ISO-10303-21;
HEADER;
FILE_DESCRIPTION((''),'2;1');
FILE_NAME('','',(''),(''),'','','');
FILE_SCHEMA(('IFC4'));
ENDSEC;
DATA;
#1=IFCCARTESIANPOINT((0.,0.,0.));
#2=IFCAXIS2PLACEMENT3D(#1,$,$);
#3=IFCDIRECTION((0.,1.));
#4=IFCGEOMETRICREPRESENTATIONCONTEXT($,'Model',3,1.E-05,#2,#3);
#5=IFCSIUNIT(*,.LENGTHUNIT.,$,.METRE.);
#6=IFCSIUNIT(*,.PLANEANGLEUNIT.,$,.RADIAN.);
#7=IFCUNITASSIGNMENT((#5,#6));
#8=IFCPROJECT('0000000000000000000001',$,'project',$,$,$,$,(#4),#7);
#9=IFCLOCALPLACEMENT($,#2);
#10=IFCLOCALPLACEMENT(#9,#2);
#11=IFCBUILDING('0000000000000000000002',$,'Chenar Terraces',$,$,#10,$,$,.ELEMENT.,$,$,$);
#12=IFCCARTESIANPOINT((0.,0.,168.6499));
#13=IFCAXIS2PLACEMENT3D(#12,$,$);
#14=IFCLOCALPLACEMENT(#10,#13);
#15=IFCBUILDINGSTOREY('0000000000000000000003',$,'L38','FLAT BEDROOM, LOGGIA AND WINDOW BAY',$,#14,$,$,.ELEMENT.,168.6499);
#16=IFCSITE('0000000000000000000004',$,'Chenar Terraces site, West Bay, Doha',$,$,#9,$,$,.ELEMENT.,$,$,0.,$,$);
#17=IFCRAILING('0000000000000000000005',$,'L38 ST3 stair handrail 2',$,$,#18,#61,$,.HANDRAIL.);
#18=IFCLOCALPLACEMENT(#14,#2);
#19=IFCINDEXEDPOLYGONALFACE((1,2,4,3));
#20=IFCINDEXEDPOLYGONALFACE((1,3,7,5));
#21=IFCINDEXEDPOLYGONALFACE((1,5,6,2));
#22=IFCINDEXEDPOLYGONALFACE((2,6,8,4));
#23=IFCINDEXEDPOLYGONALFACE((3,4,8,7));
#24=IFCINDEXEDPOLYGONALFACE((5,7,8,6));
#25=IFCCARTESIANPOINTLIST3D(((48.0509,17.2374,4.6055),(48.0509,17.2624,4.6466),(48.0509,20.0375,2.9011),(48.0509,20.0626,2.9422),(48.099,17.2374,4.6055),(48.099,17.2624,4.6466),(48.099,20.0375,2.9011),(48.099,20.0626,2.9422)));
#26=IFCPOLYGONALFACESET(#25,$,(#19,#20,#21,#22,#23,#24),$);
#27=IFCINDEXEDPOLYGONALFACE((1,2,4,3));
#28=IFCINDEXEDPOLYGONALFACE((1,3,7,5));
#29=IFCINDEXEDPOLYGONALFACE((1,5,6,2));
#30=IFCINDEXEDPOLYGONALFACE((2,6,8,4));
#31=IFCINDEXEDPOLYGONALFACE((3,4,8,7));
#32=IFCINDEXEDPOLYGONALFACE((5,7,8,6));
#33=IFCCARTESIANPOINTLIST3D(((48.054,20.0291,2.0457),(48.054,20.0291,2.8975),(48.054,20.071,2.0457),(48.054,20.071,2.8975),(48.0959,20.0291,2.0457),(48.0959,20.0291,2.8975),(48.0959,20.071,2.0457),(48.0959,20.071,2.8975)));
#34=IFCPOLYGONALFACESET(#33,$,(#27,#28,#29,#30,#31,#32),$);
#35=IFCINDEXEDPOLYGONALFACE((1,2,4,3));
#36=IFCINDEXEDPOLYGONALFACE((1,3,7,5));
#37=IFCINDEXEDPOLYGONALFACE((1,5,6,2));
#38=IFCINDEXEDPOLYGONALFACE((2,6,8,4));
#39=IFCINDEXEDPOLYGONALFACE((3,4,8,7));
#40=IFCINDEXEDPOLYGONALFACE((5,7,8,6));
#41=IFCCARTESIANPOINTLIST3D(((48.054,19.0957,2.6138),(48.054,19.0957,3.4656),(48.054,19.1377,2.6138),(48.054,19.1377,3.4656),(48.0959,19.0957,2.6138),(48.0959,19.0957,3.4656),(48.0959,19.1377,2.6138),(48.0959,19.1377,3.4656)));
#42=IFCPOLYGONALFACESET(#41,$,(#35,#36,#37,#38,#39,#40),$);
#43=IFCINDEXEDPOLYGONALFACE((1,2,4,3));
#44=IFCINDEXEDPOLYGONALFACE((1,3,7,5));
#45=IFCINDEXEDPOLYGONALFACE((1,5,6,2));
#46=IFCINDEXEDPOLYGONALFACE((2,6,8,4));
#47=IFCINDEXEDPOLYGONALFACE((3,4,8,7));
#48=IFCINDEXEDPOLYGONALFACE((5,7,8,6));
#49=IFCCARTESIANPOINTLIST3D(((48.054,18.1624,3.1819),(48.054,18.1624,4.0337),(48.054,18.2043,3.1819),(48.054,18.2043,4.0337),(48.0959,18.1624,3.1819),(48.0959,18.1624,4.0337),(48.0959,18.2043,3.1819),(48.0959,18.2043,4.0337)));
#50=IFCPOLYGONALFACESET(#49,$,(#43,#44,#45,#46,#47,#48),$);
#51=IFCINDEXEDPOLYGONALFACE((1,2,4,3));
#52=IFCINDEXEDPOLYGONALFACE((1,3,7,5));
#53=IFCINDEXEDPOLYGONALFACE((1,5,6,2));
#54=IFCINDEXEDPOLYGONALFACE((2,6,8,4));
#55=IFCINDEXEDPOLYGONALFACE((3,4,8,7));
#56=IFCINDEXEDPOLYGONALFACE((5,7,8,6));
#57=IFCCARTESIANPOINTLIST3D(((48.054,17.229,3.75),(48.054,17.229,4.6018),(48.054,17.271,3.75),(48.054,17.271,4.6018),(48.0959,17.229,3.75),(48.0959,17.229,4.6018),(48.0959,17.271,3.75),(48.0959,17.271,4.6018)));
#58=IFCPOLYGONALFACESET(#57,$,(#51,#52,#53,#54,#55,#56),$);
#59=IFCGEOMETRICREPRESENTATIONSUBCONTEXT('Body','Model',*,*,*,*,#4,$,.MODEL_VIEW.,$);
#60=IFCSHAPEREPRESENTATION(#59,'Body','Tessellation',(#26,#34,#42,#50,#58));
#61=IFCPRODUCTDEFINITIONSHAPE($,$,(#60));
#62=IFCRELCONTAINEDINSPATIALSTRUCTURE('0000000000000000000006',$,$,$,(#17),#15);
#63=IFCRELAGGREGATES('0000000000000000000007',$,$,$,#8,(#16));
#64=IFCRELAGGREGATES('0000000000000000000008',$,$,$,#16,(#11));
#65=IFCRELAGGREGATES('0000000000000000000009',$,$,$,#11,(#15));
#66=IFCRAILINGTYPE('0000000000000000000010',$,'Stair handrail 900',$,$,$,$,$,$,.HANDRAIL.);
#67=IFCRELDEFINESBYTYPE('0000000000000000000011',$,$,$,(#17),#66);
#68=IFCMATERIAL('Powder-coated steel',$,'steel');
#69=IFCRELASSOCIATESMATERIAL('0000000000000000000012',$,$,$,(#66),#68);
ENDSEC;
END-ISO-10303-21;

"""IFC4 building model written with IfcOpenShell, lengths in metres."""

from ifc_helpers import new_model, si_unit, direction, frame, origin, origin_2d, place, context, subcontext, project, spatial, rectangle, extrude, material, type_object, element, save


model = new_model("IFC4")

# Units and contexts
model_context = context("Model", 3, precision=1e-05, world=origin(), true_north=direction((0.0, 1.0)))
body_context = subcontext(model_context, "Body", "Model", "MODEL_VIEW")
ifc_project = project(units=[si_unit("LENGTHUNIT", "METRE"), si_unit("PLANEANGLEUNIT", "RADIAN")], contexts=[model_context])

# Site, building, storey
site_placement = place(None, origin())
site = spatial("IfcSite", under=ifc_project, at=site_placement, Name="Chenar Terraces site, West Bay, Doha", CompositionType="ELEMENT", RefElevation=0.0)
building_placement = place(site_placement, origin())
building = spatial("IfcBuilding", under=site, at=building_placement, Name="Chenar Terraces", CompositionType="ELEMENT")
storey_placement = place(building_placement, frame((0.0, 0.0, 168.6499)))
storey = spatial("IfcBuildingStorey", under=building, at=storey_placement, Name="L38", Description="FLAT BEDROOM, LOGGIA AND WINDOW BAY", CompositionType="ELEMENT", Elevation=168.6499)

# Railing
ifc_material_1 = material(Name="Powder-coated steel", Category="steel")
railing_type_1 = type_object("IfcRailingType", Name="Stair handrail 900", PredefinedType="HANDRAIL", material=ifc_material_1)
railing_1_placement = place(storey_placement, frame((48.075, 20.05, 2.0457)))
element("IfcRailing", 1, at=railing_1_placement, inside=storey, type_object=railing_type_1, Name="L38 ST3 stair handrail 2", PredefinedType="HANDRAIL", context=body_context, shape_type="SweptSolid", body=[
    extrude(rectangle(XDim=0.0481, YDim=0.0481, at=origin_2d()), frame((0.0, 0.0, 0.876), z_axis=(0.0, -0.854203, 0.51994), x_axis=(1.0, 0.0, 0.0)), (0.0, 0.0, 1.0), 3.2781),
    extrude(rectangle(XDim=0.042, YDim=0.042, at=origin_2d()), origin(), (0.0, 0.0, 1.0), 0.8518),
    extrude(rectangle(XDim=0.042, YDim=0.042, at=origin_2d()), frame((0.0, -0.9333, 0.5681)), (0.0, 0.0, 1.0), 0.8518),
    extrude(rectangle(XDim=0.042, YDim=0.042, at=origin_2d()), frame((0.0, -1.8667, 1.1362)), (0.0, 0.0, 1.0), 0.8518),
    extrude(rectangle(XDim=0.042, YDim=0.042, at=origin_2d()), frame((0.0, -2.8, 1.7043)), (0.0, 0.0, 1.0), 0.8518),
])

save(model, "model.ifc")
